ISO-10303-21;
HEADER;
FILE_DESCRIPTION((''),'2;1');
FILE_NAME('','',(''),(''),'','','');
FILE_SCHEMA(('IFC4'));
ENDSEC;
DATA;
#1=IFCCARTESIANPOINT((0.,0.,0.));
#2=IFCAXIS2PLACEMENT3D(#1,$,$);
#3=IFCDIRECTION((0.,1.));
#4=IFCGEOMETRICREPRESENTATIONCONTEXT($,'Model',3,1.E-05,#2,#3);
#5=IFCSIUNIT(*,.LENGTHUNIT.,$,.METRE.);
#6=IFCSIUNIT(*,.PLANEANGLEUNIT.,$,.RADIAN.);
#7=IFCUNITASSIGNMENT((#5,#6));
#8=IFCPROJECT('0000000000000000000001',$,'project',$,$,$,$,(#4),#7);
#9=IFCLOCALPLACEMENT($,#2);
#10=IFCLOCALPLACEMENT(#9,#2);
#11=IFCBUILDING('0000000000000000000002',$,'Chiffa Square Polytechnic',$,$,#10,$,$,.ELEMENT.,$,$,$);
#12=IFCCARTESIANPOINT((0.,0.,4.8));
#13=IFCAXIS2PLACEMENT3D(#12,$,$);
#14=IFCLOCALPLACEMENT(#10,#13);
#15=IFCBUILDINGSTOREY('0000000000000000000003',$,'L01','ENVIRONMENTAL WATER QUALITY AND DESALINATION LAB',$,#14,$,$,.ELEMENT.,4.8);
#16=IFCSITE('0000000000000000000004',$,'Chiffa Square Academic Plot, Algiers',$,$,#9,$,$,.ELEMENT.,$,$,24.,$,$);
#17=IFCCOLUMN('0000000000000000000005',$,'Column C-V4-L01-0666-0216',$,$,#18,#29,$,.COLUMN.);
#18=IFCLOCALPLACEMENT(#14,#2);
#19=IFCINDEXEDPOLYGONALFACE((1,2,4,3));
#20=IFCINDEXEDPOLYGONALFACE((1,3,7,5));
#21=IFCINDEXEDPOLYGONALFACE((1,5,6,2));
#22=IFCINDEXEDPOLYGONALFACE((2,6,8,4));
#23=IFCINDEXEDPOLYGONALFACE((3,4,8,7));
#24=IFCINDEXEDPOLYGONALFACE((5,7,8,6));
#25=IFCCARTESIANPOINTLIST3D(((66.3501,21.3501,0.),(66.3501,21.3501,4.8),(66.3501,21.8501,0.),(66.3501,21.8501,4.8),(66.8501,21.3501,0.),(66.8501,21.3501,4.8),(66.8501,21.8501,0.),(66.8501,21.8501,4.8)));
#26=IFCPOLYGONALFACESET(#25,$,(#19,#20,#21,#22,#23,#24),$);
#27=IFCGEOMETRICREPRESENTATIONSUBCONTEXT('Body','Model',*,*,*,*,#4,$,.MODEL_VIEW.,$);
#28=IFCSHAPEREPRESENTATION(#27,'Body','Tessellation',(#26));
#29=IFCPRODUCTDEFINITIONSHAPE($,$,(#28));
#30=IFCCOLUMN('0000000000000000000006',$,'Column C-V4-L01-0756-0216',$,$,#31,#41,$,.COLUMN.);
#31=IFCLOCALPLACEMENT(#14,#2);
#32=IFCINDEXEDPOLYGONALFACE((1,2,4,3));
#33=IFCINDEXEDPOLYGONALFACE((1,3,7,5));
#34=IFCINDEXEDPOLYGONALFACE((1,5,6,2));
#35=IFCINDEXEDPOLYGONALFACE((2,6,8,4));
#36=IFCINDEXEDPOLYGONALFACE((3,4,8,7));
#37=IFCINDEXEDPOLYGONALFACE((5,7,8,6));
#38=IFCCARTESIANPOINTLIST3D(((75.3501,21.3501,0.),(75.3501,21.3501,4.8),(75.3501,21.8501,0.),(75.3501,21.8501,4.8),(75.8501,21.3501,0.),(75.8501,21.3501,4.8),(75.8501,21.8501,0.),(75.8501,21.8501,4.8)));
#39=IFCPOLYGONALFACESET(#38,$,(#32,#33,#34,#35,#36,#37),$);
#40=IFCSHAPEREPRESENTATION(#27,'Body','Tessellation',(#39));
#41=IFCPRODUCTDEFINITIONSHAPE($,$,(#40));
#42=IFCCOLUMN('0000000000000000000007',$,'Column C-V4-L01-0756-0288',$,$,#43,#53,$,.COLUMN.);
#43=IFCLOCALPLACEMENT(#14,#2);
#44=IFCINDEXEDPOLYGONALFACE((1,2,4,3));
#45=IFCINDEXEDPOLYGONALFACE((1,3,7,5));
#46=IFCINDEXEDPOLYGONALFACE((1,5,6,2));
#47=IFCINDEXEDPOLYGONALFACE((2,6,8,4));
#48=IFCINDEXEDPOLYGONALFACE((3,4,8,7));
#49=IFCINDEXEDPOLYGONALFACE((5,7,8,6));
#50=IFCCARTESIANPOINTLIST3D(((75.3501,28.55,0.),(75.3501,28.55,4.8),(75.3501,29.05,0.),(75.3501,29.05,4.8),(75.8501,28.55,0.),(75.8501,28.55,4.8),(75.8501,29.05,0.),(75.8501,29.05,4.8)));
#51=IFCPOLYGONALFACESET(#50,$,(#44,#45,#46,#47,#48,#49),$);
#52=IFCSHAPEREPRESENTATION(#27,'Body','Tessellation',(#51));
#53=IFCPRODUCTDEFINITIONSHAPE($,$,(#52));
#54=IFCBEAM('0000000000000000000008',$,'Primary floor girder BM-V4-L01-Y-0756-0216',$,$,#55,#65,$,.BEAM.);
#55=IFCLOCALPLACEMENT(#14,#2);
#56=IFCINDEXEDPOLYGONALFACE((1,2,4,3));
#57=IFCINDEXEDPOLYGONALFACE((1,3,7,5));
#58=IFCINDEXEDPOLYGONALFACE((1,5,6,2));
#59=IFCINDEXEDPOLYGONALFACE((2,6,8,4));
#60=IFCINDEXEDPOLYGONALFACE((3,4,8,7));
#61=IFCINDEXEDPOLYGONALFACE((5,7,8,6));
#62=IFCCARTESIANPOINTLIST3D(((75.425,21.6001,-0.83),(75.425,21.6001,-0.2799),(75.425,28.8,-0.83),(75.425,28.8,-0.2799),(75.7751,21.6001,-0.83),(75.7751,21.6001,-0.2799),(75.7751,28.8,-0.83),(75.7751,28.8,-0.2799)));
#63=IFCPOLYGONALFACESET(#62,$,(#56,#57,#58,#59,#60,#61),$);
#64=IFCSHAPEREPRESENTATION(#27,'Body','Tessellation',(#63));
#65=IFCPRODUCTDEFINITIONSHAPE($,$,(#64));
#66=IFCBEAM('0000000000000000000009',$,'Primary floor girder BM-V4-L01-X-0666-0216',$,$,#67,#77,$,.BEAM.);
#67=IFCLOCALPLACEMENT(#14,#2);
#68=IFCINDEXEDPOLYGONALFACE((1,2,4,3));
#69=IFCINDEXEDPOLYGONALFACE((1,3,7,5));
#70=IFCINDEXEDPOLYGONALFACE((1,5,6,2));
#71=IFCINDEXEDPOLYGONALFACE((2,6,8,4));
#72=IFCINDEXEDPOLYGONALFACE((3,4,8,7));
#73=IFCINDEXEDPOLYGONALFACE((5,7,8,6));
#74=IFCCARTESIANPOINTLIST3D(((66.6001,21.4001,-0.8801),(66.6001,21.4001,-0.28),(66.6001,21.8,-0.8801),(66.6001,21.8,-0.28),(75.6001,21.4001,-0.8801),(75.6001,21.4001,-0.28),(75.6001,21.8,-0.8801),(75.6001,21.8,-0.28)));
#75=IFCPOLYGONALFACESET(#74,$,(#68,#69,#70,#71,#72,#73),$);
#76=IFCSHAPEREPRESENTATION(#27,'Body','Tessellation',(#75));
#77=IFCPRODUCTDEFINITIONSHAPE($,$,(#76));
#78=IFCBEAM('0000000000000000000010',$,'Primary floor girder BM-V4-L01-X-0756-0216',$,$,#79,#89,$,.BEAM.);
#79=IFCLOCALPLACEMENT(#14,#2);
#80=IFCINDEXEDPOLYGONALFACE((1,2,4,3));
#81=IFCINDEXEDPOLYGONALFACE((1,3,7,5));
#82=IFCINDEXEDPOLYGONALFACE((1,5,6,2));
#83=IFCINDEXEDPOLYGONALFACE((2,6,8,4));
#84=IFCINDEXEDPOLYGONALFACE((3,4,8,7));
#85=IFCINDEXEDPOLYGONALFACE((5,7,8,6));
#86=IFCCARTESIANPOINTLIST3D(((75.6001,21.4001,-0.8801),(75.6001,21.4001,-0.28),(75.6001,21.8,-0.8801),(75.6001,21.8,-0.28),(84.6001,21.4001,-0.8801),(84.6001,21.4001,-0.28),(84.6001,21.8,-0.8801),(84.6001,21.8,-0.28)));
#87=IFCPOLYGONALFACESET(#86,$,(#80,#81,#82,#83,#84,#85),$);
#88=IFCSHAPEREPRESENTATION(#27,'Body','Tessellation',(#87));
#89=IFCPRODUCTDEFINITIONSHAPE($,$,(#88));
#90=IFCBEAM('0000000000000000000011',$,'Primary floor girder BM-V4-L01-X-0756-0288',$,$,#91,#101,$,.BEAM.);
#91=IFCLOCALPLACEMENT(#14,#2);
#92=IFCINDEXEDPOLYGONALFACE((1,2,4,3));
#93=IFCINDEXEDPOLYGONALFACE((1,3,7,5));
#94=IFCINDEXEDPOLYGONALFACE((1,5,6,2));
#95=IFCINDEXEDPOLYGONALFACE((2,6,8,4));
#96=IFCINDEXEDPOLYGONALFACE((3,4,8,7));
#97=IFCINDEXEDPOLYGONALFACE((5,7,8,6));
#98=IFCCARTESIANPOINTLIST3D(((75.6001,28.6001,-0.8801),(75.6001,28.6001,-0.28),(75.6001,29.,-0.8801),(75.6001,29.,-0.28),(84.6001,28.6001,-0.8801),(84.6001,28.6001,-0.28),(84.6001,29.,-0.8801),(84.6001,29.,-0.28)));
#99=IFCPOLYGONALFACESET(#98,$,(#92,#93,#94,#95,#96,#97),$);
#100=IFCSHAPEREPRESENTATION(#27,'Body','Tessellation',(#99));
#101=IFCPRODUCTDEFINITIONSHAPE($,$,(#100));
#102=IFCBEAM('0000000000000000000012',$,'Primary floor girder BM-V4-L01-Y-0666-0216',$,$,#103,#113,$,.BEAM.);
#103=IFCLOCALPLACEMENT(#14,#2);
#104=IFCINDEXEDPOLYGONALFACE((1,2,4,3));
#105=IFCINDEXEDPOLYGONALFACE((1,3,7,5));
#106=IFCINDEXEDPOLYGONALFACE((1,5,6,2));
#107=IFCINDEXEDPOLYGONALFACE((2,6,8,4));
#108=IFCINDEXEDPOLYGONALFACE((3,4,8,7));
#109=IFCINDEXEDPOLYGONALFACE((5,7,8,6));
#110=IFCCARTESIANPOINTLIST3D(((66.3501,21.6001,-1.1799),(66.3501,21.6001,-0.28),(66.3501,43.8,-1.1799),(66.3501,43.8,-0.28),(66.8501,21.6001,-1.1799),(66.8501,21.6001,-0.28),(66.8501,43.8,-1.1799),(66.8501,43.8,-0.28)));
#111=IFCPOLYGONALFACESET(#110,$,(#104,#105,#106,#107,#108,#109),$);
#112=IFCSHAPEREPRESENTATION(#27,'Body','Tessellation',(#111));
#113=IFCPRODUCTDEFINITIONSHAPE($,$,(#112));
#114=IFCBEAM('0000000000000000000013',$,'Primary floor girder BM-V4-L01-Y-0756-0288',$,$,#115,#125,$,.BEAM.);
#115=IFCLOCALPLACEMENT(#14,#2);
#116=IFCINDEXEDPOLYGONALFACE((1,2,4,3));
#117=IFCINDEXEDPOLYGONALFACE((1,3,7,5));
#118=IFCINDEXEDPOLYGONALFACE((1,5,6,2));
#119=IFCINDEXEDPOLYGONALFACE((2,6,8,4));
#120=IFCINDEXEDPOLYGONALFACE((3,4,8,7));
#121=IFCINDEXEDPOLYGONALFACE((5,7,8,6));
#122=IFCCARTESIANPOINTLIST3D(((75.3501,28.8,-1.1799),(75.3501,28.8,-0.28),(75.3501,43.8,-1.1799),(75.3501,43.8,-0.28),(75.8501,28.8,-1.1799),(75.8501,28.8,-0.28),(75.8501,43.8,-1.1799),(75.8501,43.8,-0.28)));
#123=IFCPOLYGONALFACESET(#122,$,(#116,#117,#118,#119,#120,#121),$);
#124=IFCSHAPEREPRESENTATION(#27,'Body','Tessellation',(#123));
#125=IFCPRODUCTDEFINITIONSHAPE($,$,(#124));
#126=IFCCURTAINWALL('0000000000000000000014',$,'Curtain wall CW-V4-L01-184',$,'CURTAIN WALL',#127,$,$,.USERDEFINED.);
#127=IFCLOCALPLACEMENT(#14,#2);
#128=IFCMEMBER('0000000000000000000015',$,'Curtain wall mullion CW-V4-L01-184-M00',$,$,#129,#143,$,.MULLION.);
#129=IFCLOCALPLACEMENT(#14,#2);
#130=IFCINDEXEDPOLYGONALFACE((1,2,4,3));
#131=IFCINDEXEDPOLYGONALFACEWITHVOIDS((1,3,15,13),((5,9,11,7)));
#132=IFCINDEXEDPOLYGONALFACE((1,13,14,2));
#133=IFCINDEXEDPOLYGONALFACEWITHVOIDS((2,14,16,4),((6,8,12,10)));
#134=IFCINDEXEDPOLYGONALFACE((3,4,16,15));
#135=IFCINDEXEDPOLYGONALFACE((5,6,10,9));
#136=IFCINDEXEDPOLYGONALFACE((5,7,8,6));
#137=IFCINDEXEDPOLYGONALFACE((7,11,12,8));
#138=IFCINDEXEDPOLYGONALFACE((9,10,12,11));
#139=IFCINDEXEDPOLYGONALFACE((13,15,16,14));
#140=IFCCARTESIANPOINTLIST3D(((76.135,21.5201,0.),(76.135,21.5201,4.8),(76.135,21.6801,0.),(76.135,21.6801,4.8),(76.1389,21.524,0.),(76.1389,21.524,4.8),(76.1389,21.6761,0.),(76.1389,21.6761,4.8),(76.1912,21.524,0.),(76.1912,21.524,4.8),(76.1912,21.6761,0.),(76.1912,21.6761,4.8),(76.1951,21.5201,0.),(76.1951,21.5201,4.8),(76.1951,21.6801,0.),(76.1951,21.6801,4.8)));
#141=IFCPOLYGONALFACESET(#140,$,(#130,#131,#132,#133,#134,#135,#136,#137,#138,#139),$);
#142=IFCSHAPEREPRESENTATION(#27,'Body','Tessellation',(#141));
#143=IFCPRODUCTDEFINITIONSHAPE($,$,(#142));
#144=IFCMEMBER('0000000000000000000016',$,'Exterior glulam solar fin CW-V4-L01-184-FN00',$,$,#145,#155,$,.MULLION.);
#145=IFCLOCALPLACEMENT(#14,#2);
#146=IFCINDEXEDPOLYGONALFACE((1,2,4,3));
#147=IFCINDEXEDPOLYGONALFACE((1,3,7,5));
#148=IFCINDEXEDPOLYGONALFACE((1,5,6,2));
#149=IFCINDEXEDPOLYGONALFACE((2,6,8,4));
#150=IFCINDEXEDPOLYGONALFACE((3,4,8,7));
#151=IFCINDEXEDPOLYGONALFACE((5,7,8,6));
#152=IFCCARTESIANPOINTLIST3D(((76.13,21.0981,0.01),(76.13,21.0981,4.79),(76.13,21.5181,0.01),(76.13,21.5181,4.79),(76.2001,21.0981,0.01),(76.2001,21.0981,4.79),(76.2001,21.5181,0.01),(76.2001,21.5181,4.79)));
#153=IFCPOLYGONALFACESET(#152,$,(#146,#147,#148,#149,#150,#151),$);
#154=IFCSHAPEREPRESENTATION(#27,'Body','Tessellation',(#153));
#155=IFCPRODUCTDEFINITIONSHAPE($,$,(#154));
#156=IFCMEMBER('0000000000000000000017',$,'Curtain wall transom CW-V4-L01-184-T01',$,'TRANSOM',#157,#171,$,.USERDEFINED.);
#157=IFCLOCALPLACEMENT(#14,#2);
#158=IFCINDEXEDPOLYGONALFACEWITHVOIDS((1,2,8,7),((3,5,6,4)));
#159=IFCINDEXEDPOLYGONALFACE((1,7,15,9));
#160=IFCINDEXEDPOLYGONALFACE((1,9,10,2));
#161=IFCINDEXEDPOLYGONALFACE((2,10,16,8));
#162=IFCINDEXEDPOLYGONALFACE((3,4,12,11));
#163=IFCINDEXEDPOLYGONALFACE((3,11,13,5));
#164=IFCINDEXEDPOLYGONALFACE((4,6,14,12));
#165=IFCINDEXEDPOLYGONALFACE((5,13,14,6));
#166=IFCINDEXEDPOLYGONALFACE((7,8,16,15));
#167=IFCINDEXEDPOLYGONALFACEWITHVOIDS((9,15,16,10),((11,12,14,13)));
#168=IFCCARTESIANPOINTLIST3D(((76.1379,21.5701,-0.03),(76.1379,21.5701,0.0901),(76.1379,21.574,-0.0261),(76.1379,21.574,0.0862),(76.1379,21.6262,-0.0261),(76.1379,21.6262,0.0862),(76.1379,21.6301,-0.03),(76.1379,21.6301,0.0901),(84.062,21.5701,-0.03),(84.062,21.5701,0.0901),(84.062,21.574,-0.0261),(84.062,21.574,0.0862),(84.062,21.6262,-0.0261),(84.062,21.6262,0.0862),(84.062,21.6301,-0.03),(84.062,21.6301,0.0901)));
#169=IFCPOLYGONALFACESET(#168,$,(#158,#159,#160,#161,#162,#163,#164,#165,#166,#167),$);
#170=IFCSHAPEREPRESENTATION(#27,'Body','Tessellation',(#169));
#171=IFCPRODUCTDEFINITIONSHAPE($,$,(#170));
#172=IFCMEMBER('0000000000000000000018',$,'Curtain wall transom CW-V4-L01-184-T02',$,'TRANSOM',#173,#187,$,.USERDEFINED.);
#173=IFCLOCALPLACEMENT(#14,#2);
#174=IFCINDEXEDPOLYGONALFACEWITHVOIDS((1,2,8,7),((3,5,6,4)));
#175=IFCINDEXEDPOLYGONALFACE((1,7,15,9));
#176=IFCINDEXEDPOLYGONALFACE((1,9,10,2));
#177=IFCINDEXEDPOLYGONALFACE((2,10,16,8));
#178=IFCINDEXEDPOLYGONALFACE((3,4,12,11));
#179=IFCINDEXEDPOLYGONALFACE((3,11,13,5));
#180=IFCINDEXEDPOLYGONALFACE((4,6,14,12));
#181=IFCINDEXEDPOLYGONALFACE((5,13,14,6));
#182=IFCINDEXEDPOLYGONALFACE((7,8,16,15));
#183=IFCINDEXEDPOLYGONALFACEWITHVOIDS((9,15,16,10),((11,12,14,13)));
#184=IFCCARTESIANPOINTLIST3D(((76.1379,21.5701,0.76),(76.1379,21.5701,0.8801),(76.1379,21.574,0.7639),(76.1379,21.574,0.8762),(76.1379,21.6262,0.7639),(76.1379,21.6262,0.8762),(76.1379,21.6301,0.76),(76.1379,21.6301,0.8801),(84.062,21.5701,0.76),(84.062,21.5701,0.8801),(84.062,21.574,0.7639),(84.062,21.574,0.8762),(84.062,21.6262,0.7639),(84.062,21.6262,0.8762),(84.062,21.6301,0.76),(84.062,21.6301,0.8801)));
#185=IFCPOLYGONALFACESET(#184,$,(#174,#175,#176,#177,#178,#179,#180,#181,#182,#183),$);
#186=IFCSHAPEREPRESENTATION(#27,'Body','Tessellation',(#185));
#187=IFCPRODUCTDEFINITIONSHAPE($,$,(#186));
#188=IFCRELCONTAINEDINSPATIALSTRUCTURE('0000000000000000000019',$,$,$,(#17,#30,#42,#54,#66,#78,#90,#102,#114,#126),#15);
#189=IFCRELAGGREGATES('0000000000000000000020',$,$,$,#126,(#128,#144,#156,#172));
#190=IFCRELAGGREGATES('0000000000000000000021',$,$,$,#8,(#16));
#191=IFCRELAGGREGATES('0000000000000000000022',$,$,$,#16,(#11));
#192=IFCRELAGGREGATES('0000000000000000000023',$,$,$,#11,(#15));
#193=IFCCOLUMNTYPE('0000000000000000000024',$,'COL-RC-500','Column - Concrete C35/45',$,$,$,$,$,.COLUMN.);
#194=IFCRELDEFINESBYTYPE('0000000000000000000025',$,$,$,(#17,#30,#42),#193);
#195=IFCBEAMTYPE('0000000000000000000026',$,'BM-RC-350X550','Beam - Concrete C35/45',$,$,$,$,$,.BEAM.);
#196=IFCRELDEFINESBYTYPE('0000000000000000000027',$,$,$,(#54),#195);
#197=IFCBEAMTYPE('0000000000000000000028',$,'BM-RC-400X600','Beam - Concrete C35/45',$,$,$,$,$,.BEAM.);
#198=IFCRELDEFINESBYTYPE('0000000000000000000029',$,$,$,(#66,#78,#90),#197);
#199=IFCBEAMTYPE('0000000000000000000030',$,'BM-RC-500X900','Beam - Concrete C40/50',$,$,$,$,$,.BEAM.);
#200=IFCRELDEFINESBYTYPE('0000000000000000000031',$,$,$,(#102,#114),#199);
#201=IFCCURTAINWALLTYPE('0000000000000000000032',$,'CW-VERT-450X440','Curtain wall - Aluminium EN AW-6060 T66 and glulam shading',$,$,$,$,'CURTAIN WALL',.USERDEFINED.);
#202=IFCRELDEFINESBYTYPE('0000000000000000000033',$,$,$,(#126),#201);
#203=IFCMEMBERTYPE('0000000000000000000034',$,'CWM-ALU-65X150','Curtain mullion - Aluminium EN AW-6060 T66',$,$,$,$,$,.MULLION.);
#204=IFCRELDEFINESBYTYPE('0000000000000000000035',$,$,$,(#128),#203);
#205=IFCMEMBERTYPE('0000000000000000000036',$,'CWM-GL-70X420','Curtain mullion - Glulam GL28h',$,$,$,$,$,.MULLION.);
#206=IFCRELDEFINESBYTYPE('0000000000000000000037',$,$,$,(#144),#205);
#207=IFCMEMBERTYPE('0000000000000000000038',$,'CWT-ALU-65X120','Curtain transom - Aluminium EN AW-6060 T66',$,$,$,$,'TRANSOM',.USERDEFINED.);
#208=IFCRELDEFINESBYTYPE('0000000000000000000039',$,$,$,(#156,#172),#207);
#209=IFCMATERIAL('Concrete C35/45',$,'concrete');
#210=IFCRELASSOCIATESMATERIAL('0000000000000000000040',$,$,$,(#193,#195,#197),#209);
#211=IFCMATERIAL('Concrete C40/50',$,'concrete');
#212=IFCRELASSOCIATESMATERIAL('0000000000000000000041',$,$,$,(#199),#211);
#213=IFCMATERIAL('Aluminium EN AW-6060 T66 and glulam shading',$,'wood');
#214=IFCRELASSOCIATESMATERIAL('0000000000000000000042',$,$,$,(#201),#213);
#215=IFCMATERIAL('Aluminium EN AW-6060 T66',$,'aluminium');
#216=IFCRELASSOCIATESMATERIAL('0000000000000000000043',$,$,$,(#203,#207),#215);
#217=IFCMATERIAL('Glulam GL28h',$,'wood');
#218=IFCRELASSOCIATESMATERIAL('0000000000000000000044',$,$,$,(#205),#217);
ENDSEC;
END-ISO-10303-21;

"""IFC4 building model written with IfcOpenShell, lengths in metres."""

from ifc_helpers import new_model, si_unit, direction, frame, origin, origin_2d, place, context, subcontext, project, spatial, rectangle, hollow_rectangle, extrude, material, material_profile, profile_set, type_object, element, aggregate, save


model = new_model("IFC4")

# Units and contexts
model_context = context("Model", 3, precision=1e-05, world=origin(), true_north=direction((0.0, 1.0)))
body_context = subcontext(model_context, "Body", "Model", "MODEL_VIEW")
ifc_project = project(units=[si_unit("LENGTHUNIT", "METRE"), si_unit("PLANEANGLEUNIT", "RADIAN")], contexts=[model_context])

# Site, building, storey
site_placement = place(None, origin())
site = spatial("IfcSite", under=ifc_project, at=site_placement, Name="Chiffa Square Academic Plot, Algiers", CompositionType="ELEMENT", RefElevation=24.0)
building_placement = place(site_placement, origin())
building = spatial("IfcBuilding", under=site, at=building_placement, Name="Chiffa Square Polytechnic", CompositionType="ELEMENT")
storey_placement = place(building_placement, frame((0.0, 0.0, 4.8)))
storey = spatial("IfcBuildingStorey", under=building, at=storey_placement, Name="L01", Description="ENVIRONMENTAL WATER QUALITY AND DESALINATION LAB", CompositionType="ELEMENT", Elevation=4.8)

# Columns
ifc_material_1 = material(Name="Concrete C35/45", Category="concrete")
ifc_material_profile_1 = material_profile(ifc_material_1, rectangle(XDim=0.5, YDim=0.5, at=origin_2d()), Name="RC 500x500")
ifc_profile_set_1 = profile_set([ifc_material_profile_1], Name="Concrete C35/45")
column_type = type_object("IfcColumnType", Name="COL-RC-500", Description="Column - Concrete C35/45", PredefinedType="COLUMN", material=ifc_profile_set_1)
for number, where, z_axis, x_axis, name in (
    (1, (66.6001, 21.6001, 0.0), (0.0, 0.0, 1.0), (1.0, 0.0, 0.0), "Column C-V4-L01-0666-0216"),
    (2, (75.6001, 21.6001, 0.0), (0.0, 0.0, 1.0), (1.0, 0.0, 0.0), "Column C-V4-L01-0756-0216"),
    (3, (75.6001, 28.8, 0.0), (0.0, 0.0, 1.0), (1.0, 0.0, 0.0), "Column C-V4-L01-0756-0288"),
):
    element("IfcColumn", number, at=place(storey_placement, frame(where, z_axis=z_axis, x_axis=x_axis)), inside=storey, type_object=column_type, Name=name, PredefinedType="COLUMN", context=body_context, shape_type="SweptSolid", body=[
        extrude(rectangle(XDim=0.5, YDim=0.5, at=origin_2d()), origin(), (0.0, 0.0, 1.0), 4.8),
    ])

# Beams
ifc_material_profile_2 = material_profile(ifc_material_1, rectangle(XDim=0.3501, YDim=0.55, at=origin_2d()), Name="RC 350x550")
ifc_profile_set_2 = profile_set([ifc_material_profile_2], Name="Concrete C35/45")
beam_type_1 = type_object("IfcBeamType", Name="BM-RC-350X550", Description="Beam - Concrete C35/45", PredefinedType="BEAM", material=ifc_profile_set_2)
beam_1_placement = place(storey_placement, frame((75.6001, 21.6001, -0.5549), z_axis=(0.0, 1.0, 0.0), x_axis=(-1.0, 0.0, 0.0)))
element("IfcBeam", 4, at=beam_1_placement, inside=storey, type_object=beam_type_1, Name="Primary floor girder BM-V4-L01-Y-0756-0216", PredefinedType="BEAM", context=body_context, shape_type="SweptSolid", body=[
    extrude(rectangle(XDim=0.3501, YDim=0.55, at=origin_2d()), origin(), (0.0, 0.0, 1.0), 7.2),
])
ifc_material_profile_3 = material_profile(ifc_material_1, rectangle(XDim=0.3999, YDim=0.6001, at=origin_2d()), Name="RC 400x600")
ifc_profile_set_3 = profile_set([ifc_material_profile_3], Name="Concrete C35/45")
beam_type_2 = type_object("IfcBeamType", Name="BM-RC-400X600", Description="Beam - Concrete C35/45", PredefinedType="BEAM", material=ifc_profile_set_3)
for number, where, z_axis, x_axis, name in (
    (5, (66.6001, 21.6001, -0.5801), (1.0, 0.0, 0.0), (0.0, 1.0, 0.0), "Primary floor girder BM-V4-L01-X-0666-0216"),
    (6, (75.6001, 21.6001, -0.5801), (1.0, 0.0, 0.0), (0.0, 1.0, 0.0), "Primary floor girder BM-V4-L01-X-0756-0216"),
    (7, (75.6001, 28.8, -0.5801), (1.0, 0.0, 0.0), (0.0, 1.0, 0.0), "Primary floor girder BM-V4-L01-X-0756-0288"),
):
    element("IfcBeam", number, at=place(storey_placement, frame(where, z_axis=z_axis, x_axis=x_axis)), inside=storey, type_object=beam_type_2, Name=name, PredefinedType="BEAM", context=body_context, shape_type="SweptSolid", body=[
        extrude(rectangle(XDim=0.3999, YDim=0.6001, at=origin_2d()), origin(), (0.0, 0.0, 1.0), 9.0),
    ])
ifc_material_2 = material(Name="Concrete C40/50", Category="concrete")
ifc_material_profile_4 = material_profile(ifc_material_2, rectangle(XDim=0.5, YDim=0.8999, at=origin_2d()), Name="RC 500x900")
ifc_profile_set_4 = profile_set([ifc_material_profile_4], Name="Concrete C40/50")
beam_type_3 = type_object("IfcBeamType", Name="BM-RC-500X900", Description="Beam - Concrete C40/50", PredefinedType="BEAM", material=ifc_profile_set_4)
beam_2_placement = place(storey_placement, frame((66.6001, 21.6001, -0.73), z_axis=(0.0, 1.0, 0.0), x_axis=(-1.0, 0.0, 0.0)))
element("IfcBeam", 8, at=beam_2_placement, inside=storey, type_object=beam_type_3, Name="Primary floor girder BM-V4-L01-Y-0666-0216", PredefinedType="BEAM", context=body_context, shape_type="SweptSolid", body=[
    extrude(rectangle(XDim=0.5, YDim=0.8999, at=origin_2d()), origin(), (0.0, 0.0, 1.0), 22.2),
])
beam_3_placement = place(storey_placement, frame((75.6001, 28.8, -0.73), z_axis=(0.0, 1.0, 0.0), x_axis=(-1.0, 0.0, 0.0)))
element("IfcBeam", 9, at=beam_3_placement, inside=storey, type_object=beam_type_3, Name="Primary floor girder BM-V4-L01-Y-0756-0288", PredefinedType="BEAM", context=body_context, shape_type="SweptSolid", body=[
    extrude(rectangle(XDim=0.5, YDim=0.8999, at=origin_2d()), origin(), (0.0, 0.0, 1.0), 15.0),
])

# Curtain wall, members
ifc_material_3 = material(Name="Aluminium EN AW-6060 T66 and glulam shading", Category="wood")
curtain_wall_type = type_object("IfcCurtainWallType", Name="CW-VERT-450X440", Description="Curtain wall - Aluminium EN AW-6060 T66 and glulam shading", ElementType="CURTAIN WALL", PredefinedType="USERDEFINED", material=ifc_material_3)
curtain_wall_placement = place(storey_placement, origin())
curtain_wall = element("IfcCurtainWall", 10, at=curtain_wall_placement, inside=storey, type_object=curtain_wall_type, Name="Curtain wall CW-V4-L01-184", ObjectType="CURTAIN WALL", PredefinedType="USERDEFINED")
ifc_material_4 = material(Name="Aluminium EN AW-6060 T66", Category="aluminium")
ifc_material_profile_5 = material_profile(ifc_material_4, hollow_rectangle(XDim=0.0601, YDim=0.1599, WallThickness=0.0039, at=origin_2d()), Name="ALU 60x160x4")
ifc_profile_set_5 = profile_set([ifc_material_profile_5], Name="Aluminium EN AW-6060 T66")
member_type_1 = type_object("IfcMemberType", Name="CWM-ALU-65X150", Description="Curtain mullion - Aluminium EN AW-6060 T66", PredefinedType="MULLION", material=ifc_profile_set_5)
member_1_placement = place(storey_placement, frame((76.165, 21.6001, 0.0), z_axis=(0.0, 0.0, 1.0), x_axis=(1.0, 0.0, 0.0)))
member_1 = element("IfcMember", 11, at=member_1_placement, type_object=member_type_1, Name="Curtain wall mullion CW-V4-L01-184-M00", PredefinedType="MULLION", context=body_context, shape_type="SweptSolid", body=[
    extrude(hollow_rectangle(XDim=0.0601, YDim=0.1599, WallThickness=0.0039, at=origin_2d()), origin(), (0.0, 0.0, 1.0), 4.8),
])
ifc_material_5 = material(Name="Glulam GL28h", Category="wood")
ifc_material_profile_6 = material_profile(ifc_material_5, rectangle(XDim=0.0701, YDim=0.4199, at=origin_2d()), Name="GL28h 70x420")
ifc_profile_set_6 = profile_set([ifc_material_profile_6], Name="Glulam GL28h")
member_type_2 = type_object("IfcMemberType", Name="CWM-GL-70X420", Description="Curtain mullion - Glulam GL28h", PredefinedType="MULLION", material=ifc_profile_set_6)
member_2_placement = place(storey_placement, frame((76.165, 21.3081, 0.01), z_axis=(0.0, 0.0, 1.0), x_axis=(1.0, 0.0, 0.0)))
member_2 = element("IfcMember", 12, at=member_2_placement, type_object=member_type_2, Name="Exterior glulam solar fin CW-V4-L01-184-FN00", PredefinedType="MULLION", context=body_context, shape_type="SweptSolid", body=[
    extrude(rectangle(XDim=0.0701, YDim=0.4199, at=origin_2d()), origin(), (0.0, 0.0, 1.0), 4.78),
])
ifc_material_profile_7 = material_profile(ifc_material_4, hollow_rectangle(XDim=0.0601, YDim=0.1201, WallThickness=0.0039, at=origin_2d()), Name="ALU 60x120x4")
ifc_profile_set_7 = profile_set([ifc_material_profile_7], Name="Aluminium EN AW-6060 T66")
member_type_3 = type_object("IfcMemberType", Name="CWT-ALU-65X120", Description="Curtain transom - Aluminium EN AW-6060 T66", ElementType="TRANSOM", PredefinedType="USERDEFINED", material=ifc_profile_set_7)
member_3_placement = place(storey_placement, frame((76.1379, 21.6001, 0.03), z_axis=(1.0, 0.0, 0.0), x_axis=(0.0, 1.0, 0.0)))
member_3 = element("IfcMember", 13, at=member_3_placement, type_object=member_type_3, Name="Curtain wall transom CW-V4-L01-184-T01", ObjectType="TRANSOM", PredefinedType="USERDEFINED", context=body_context, shape_type="SweptSolid", body=[
    extrude(hollow_rectangle(XDim=0.0601, YDim=0.1201, WallThickness=0.0039, at=origin_2d()), origin(), (0.0, 0.0, 1.0), 7.9241),
])
member_4_placement = place(storey_placement, frame((76.1379, 21.6001, 0.8201), z_axis=(1.0, 0.0, 0.0), x_axis=(0.0, 1.0, 0.0)))
member_4 = element("IfcMember", 14, at=member_4_placement, type_object=member_type_3, Name="Curtain wall transom CW-V4-L01-184-T02", ObjectType="TRANSOM", PredefinedType="USERDEFINED", context=body_context, shape_type="SweptSolid", body=[
    extrude(hollow_rectangle(XDim=0.0601, YDim=0.1201, WallThickness=0.0039, at=origin_2d()), origin(), (0.0, 0.0, 1.0), 7.9241),
])

aggregate(curtain_wall, [member_1, member_2, member_3, member_4])

save(model, "model.ifc")
